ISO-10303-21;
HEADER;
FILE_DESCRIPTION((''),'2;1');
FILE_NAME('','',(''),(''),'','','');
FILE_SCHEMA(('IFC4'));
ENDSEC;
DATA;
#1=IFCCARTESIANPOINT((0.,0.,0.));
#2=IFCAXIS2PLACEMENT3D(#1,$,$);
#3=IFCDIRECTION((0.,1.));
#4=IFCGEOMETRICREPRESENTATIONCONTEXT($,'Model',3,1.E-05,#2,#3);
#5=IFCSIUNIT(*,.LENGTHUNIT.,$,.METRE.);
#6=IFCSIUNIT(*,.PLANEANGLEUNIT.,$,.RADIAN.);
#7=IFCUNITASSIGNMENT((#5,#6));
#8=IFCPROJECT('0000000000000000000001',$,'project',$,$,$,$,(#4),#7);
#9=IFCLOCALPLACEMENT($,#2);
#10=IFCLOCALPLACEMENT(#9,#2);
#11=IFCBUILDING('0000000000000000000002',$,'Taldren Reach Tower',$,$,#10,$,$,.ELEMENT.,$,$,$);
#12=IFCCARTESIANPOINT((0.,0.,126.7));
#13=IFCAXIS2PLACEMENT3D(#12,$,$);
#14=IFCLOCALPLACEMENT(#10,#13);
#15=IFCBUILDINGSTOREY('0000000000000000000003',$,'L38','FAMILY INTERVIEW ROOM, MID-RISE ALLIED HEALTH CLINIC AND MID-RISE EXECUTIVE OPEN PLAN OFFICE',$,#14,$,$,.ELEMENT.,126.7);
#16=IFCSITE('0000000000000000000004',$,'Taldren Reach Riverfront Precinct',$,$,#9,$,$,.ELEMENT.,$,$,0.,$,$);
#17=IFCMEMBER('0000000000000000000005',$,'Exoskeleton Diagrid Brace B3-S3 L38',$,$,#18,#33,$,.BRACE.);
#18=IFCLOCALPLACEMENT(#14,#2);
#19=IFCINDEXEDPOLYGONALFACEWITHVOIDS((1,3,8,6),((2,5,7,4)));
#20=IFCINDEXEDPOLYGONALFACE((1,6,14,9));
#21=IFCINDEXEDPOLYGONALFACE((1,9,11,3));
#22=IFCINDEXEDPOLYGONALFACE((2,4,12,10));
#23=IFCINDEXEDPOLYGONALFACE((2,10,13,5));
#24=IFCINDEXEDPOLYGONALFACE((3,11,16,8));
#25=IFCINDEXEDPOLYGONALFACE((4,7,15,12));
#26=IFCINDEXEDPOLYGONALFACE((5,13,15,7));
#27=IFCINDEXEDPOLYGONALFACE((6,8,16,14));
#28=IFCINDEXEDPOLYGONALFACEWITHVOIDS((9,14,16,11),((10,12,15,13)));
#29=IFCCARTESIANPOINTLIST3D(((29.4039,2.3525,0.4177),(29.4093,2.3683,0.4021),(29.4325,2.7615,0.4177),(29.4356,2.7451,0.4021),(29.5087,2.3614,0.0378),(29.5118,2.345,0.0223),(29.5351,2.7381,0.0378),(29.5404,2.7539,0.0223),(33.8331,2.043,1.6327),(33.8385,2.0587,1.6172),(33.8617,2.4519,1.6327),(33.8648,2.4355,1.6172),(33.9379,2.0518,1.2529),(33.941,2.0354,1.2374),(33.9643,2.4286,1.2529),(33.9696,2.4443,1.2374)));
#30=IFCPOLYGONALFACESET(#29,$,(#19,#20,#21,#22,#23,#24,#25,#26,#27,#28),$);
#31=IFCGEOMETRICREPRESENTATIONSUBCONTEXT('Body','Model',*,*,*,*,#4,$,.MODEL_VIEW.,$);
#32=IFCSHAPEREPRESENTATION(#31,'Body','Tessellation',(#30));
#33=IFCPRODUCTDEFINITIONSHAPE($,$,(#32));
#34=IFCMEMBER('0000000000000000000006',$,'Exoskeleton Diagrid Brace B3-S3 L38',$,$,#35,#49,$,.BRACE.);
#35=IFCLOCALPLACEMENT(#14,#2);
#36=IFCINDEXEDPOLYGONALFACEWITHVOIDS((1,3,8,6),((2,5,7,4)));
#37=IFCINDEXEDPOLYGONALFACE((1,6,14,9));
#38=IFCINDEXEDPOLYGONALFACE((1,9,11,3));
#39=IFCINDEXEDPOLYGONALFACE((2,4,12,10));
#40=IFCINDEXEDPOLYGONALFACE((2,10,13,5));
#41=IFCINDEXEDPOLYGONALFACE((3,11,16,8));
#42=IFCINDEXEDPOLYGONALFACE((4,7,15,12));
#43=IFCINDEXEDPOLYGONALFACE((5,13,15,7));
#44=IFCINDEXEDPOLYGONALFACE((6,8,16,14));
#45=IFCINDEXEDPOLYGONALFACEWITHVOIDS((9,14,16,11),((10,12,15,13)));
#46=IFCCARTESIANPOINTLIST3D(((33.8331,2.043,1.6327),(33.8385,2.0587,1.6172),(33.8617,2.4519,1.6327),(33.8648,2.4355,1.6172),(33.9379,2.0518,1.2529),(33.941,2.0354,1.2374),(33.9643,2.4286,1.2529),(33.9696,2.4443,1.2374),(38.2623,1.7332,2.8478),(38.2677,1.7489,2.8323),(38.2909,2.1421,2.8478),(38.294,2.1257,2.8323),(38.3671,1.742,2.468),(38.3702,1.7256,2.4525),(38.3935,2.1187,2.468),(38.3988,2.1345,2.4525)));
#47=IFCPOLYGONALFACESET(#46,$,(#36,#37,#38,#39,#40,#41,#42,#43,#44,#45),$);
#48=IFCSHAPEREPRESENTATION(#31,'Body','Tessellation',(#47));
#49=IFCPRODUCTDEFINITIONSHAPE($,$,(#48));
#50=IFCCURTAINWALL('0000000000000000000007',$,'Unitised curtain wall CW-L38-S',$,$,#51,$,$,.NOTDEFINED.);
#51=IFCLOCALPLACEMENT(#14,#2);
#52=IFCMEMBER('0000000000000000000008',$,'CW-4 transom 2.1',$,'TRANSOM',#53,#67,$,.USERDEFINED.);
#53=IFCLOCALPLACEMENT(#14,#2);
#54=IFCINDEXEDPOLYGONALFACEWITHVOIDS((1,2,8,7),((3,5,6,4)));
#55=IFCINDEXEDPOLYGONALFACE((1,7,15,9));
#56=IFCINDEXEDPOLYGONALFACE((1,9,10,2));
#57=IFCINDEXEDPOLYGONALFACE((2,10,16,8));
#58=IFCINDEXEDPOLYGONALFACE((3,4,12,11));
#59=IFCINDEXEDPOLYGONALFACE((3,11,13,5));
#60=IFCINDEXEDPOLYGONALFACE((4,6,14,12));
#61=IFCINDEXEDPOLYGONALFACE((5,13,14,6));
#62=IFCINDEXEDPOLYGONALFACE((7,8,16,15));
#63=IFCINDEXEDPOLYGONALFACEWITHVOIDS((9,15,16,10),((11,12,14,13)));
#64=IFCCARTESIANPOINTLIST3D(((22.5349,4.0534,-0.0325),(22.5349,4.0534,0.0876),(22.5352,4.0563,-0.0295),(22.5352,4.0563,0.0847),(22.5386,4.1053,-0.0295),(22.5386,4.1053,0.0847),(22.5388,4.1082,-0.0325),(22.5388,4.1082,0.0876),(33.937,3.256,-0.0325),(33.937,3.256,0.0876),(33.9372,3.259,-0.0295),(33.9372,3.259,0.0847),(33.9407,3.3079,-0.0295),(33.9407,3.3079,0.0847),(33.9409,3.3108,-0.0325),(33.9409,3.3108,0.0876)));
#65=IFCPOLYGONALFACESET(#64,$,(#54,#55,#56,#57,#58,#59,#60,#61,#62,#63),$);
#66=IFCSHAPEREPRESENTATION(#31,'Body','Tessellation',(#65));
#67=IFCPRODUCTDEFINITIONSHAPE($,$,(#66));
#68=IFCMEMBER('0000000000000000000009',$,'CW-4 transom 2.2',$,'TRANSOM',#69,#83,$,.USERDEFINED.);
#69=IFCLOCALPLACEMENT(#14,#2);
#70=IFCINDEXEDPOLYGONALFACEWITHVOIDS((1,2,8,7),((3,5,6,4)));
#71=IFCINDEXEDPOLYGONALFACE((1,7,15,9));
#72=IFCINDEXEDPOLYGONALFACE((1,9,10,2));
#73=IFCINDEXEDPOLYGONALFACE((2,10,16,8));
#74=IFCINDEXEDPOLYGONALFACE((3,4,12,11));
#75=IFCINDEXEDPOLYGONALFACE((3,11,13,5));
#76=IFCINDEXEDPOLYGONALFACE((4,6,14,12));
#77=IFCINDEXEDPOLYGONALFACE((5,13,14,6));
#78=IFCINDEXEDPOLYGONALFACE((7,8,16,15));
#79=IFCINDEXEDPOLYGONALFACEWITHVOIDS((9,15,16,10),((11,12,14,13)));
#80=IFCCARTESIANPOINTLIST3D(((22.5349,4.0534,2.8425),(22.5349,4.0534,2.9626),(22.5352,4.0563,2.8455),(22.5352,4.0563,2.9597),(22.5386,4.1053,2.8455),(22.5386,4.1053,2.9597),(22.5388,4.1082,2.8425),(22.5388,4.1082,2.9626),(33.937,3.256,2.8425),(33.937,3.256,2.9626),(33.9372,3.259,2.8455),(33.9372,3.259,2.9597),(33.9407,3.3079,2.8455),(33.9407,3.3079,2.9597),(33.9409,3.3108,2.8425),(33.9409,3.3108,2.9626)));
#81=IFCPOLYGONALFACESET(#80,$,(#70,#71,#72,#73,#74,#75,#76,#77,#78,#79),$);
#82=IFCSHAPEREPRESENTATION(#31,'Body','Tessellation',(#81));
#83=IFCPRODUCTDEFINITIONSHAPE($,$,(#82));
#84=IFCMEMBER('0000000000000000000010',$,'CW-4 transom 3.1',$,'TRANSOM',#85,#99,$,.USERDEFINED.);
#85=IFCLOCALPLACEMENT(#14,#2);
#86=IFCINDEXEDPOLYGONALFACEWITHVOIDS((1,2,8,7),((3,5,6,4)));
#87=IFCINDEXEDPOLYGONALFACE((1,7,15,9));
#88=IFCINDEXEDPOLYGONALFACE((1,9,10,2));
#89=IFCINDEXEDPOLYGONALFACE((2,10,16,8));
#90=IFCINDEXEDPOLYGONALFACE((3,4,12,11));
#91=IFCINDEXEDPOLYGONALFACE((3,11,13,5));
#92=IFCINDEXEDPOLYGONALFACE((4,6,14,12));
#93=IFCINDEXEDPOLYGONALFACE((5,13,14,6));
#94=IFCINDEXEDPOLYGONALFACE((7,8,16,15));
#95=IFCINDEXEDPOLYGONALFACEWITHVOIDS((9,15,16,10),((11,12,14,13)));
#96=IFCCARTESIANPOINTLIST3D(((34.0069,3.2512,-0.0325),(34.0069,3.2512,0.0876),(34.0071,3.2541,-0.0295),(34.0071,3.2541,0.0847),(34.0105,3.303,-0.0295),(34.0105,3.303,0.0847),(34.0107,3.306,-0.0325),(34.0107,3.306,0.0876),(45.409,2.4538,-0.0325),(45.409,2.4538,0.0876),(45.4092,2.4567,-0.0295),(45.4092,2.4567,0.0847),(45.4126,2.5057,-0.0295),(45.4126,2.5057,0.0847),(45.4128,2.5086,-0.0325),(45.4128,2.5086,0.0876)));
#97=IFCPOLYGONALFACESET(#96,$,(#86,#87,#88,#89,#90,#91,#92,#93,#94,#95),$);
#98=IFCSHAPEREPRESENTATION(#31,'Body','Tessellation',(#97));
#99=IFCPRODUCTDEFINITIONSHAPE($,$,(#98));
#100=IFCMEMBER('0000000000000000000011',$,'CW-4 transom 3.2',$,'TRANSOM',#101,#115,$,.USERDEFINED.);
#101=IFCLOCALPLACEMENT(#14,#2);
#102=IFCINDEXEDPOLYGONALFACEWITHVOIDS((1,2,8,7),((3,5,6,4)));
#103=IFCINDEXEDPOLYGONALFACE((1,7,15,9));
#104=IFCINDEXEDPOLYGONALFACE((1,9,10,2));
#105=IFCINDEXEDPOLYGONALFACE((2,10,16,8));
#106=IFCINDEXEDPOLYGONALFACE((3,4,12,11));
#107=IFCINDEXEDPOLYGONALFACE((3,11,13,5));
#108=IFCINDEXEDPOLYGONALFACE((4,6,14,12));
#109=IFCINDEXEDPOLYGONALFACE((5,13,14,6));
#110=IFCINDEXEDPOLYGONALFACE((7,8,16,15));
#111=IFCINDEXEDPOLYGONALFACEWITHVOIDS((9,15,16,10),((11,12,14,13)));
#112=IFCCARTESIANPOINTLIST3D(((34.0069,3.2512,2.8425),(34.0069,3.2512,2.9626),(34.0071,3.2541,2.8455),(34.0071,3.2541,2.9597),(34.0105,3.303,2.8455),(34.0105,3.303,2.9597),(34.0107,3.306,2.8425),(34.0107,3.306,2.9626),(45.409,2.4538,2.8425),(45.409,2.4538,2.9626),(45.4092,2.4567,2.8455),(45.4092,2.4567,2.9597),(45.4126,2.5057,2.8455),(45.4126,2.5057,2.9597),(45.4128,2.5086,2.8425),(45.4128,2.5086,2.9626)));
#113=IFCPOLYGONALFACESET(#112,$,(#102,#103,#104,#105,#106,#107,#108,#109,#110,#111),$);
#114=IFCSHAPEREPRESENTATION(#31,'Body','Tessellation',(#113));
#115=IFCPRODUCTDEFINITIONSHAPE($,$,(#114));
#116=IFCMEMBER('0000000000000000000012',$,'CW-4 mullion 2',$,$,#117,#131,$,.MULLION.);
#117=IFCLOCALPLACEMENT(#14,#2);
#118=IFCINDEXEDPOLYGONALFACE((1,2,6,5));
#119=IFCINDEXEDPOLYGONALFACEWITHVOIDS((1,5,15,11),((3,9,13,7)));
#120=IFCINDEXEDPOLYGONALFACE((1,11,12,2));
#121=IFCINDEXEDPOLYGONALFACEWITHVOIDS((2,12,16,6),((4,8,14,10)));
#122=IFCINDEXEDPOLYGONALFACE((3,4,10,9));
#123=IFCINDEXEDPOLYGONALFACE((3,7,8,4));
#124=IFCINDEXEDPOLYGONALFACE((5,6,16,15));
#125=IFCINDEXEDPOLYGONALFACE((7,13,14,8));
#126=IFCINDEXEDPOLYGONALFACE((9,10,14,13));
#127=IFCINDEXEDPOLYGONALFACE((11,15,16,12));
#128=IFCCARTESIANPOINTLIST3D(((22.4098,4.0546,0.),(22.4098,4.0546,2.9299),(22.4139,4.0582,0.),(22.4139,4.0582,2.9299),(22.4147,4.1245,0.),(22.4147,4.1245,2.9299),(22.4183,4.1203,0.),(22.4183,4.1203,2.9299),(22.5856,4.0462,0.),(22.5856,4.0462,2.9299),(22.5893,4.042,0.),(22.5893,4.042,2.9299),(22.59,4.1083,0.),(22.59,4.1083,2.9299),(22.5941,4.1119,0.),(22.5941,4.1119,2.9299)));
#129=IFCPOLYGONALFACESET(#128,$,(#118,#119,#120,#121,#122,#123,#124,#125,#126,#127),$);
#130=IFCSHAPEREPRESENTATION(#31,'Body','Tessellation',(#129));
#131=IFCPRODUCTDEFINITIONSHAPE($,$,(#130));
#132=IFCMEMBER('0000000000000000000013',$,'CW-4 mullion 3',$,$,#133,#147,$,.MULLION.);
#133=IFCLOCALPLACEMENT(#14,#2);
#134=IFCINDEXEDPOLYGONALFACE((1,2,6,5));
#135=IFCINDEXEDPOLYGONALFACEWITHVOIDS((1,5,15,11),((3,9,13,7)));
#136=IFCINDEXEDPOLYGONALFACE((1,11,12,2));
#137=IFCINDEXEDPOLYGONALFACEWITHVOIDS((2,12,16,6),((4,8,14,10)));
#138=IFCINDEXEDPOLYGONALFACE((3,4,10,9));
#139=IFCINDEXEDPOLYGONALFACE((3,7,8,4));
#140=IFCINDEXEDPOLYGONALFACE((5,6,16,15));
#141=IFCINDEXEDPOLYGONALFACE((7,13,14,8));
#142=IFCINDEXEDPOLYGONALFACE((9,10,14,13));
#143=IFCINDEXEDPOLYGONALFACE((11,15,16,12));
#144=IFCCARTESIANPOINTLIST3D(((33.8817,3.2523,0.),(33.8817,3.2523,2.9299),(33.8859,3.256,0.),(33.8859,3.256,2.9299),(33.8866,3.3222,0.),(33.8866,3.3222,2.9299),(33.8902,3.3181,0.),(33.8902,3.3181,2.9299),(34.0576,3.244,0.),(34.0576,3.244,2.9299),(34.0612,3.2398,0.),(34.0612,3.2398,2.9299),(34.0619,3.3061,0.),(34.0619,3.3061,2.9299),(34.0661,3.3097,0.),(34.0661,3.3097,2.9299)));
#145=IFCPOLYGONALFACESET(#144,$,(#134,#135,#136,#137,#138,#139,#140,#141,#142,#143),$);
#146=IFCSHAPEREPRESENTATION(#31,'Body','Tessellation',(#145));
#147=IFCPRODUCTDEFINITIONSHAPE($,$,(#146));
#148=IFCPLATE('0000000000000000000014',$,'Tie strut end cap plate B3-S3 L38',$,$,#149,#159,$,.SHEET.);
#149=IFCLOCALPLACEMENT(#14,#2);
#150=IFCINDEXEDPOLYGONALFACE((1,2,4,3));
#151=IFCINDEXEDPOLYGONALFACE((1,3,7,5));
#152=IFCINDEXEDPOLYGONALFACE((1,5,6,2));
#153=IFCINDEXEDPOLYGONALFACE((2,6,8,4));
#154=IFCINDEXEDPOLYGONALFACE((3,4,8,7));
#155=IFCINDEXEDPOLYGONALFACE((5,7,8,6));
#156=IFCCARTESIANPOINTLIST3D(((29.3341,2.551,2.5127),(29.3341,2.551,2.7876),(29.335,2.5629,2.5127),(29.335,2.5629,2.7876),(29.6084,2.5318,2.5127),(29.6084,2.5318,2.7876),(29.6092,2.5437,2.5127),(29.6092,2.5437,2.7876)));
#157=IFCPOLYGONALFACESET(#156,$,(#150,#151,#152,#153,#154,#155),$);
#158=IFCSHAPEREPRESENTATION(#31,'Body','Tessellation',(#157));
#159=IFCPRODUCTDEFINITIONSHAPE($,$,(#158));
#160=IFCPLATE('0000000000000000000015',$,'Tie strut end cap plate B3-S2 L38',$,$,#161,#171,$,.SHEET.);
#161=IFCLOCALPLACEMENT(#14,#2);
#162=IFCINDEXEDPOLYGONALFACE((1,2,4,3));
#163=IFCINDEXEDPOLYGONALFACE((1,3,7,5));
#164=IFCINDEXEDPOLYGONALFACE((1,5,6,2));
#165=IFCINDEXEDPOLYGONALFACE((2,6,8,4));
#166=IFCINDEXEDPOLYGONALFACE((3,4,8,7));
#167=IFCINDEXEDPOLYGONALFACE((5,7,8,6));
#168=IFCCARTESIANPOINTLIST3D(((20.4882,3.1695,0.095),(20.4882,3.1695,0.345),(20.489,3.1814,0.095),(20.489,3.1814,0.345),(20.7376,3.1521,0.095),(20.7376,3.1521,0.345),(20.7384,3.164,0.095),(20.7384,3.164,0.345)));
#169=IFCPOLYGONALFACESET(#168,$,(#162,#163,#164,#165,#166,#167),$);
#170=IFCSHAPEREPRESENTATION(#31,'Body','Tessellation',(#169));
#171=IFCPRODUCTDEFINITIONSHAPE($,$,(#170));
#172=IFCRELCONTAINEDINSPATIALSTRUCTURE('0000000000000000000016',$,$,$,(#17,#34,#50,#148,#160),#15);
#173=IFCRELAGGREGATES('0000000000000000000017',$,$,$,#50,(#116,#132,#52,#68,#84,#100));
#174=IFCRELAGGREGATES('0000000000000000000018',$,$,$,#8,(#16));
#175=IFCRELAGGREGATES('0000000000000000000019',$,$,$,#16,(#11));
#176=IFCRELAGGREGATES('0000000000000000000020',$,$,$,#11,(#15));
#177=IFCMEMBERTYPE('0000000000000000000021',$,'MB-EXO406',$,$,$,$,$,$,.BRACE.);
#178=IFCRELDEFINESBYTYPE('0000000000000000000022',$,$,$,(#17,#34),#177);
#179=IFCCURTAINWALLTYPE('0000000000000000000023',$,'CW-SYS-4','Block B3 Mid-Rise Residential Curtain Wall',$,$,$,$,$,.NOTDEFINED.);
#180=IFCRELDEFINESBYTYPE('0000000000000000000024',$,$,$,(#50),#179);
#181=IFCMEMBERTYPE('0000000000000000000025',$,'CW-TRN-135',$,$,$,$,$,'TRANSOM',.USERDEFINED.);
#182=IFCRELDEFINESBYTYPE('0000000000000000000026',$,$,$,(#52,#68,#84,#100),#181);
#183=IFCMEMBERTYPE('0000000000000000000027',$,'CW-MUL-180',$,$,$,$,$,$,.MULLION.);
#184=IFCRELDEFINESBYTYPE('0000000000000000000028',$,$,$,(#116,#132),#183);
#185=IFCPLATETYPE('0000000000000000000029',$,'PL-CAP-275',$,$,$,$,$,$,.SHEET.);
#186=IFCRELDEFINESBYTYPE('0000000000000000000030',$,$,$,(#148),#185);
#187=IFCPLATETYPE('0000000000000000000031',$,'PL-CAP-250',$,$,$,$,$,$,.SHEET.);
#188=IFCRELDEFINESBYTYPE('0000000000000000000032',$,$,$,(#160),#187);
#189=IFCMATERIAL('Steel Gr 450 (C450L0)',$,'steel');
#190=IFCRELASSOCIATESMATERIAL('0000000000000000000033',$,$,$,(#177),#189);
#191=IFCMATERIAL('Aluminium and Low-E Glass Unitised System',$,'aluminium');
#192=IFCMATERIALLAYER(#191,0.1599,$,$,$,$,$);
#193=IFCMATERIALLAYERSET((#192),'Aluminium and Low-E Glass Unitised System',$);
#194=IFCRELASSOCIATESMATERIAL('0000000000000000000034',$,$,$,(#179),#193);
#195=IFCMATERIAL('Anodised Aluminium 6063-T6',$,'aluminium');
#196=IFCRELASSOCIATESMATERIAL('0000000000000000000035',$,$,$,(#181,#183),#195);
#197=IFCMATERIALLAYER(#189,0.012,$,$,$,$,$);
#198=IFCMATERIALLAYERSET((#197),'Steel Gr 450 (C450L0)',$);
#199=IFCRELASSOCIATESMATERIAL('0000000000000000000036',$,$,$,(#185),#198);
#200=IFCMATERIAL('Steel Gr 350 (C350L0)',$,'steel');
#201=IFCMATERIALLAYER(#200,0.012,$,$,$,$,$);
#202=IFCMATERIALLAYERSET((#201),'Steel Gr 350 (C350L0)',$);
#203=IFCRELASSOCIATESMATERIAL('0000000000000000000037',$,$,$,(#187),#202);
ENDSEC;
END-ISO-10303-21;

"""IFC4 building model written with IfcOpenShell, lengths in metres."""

from ifc_helpers import new_model, si_unit, direction, frame, origin, origin_2d, place, context, subcontext, project, spatial, rectangle, hollow_rectangle, extrude, source, transform, mapped, material, layer, layer_set, material_profile, profile_set, type_object, element, aggregate, save


model = new_model("IFC4")

# Units and contexts
model_context = context("Model", 3, precision=1e-05, world=origin(), true_north=direction((0.0, 1.0)))
body_context = subcontext(model_context, "Body", "Model", "MODEL_VIEW")
ifc_project = project(units=[si_unit("LENGTHUNIT", "METRE"), si_unit("PLANEANGLEUNIT", "RADIAN")], contexts=[model_context])

# Site, building, storey
site_placement = place(None, origin())
site = spatial("IfcSite", under=ifc_project, at=site_placement, Name="Taldren Reach Riverfront Precinct", CompositionType="ELEMENT", RefElevation=0.0)
building_placement = place(site_placement, origin())
building = spatial("IfcBuilding", under=site, at=building_placement, Name="Taldren Reach Tower", CompositionType="ELEMENT")
storey_placement = place(building_placement, frame((0.0, 0.0, 126.7)))
storey = spatial("IfcBuildingStorey", under=building, at=storey_placement, Name="L38", Description="FAMILY INTERVIEW ROOM, MID-RISE ALLIED HEALTH CLINIC AND MID-RISE EXECUTIVE OPEN PLAN OFFICE", CompositionType="ELEMENT", Elevation=126.7)

# Shared definitions
ifc_material_1 = material(Name="Steel Gr 450 (C450L0)", Category="steel")
ifc_material_2 = material(Name="Steel Gr 350 (C350L0)", Category="steel")

# Members
ifc_material_profile_1 = material_profile(ifc_material_1, hollow_rectangle(XDim=0.4099, YDim=0.4099, WallThickness=0.0161, at=origin_2d()), Name="410x410x16.0SHS")
ifc_profile_set_1 = profile_set([ifc_material_profile_1], Name="Steel Gr 450 (C450L0)")
member_type_1 = type_object("IfcMemberType", Name="MB-EXO406", PredefinedType="BRACE", material=ifc_profile_set_1)
shared_shape_1 = source(origin(), body_context, "Body", "SweptSolid", [
    extrude(hollow_rectangle(XDim=0.4099, YDim=0.4099, WallThickness=0.0161, at=origin_2d()), origin(), (0.0, 0.0, 1.0), 4.6033),
])
for number, where, z_axis, x_axis, name in (
    (1, (29.4722, 2.5532, 0.22), (0.962186, -0.06725, 0.263962), (0.069723, 0.997566, 0.0), "Exoskeleton Diagrid Brace B3-S3 L38"),
    (2, (33.9014, 2.2437, 1.4351), (0.962182, -0.067303, 0.263961), (0.069778, 0.997563, 0.0), "Exoskeleton Diagrid Brace B3-S3 L38"),
):
    element("IfcMember", number, at=place(storey_placement, frame(where, z_axis=z_axis, x_axis=x_axis)), inside=storey, type_object=member_type_1, Name=name, PredefinedType="BRACE", context=body_context, shape_type="MappedRepresentation", body=[
        mapped(shared_shape_1, transform((0.0, 0.0, 0.0), scale=1.0)),
    ])

# Curtain wall, members
ifc_material_3 = material(Name="Aluminium and Low-E Glass Unitised System", Category="aluminium")
ifc_layer_1 = layer(ifc_material_3, 0.1599)
ifc_layer_set_1 = layer_set([ifc_layer_1], Name="Aluminium and Low-E Glass Unitised System")
curtain_wall_type = type_object("IfcCurtainWallType", Name="CW-SYS-4", Description="Block B3 Mid-Rise Residential Curtain Wall", PredefinedType="NOTDEFINED", material=ifc_layer_set_1)
curtain_wall_placement = place(storey_placement, origin())
curtain_wall = element("IfcCurtainWall", 3, at=curtain_wall_placement, inside=storey, type_object=curtain_wall_type, Name="Unitised curtain wall CW-L38-S", PredefinedType="NOTDEFINED")
ifc_material_4 = material(Name="Anodised Aluminium 6063-T6", Category="aluminium")
ifc_material_profile_2 = material_profile(ifc_material_4, hollow_rectangle(XDim=0.0549, YDim=0.1201, WallThickness=0.0029, at=origin_2d()), Name="ALU-120x55x3RHS")
ifc_profile_set_2 = profile_set([ifc_material_profile_2], Name="Anodised Aluminium 6063-T6")
member_type_2 = type_object("IfcMemberType", Name="CW-TRN-135", ElementType="TRANSOM", PredefinedType="USERDEFINED", material=ifc_profile_set_2)
shared_shape_2 = source(origin(), body_context, "Body", "SweptSolid", [
    extrude(hollow_rectangle(XDim=0.0549, YDim=0.1201, WallThickness=0.0029, at=origin_2d()), origin(), (0.0, 0.0, 1.0), 11.4299),
])
member_1_placement = place(storey_placement, frame((22.5369, 4.0808, 0.0276), z_axis=(0.997564, -0.069761, 0.0), x_axis=(0.069761, 0.997564, 0.0)))
member_1 = element("IfcMember", 4, at=member_1_placement, type_object=member_type_2, Name="CW-4 transom 2.1", ObjectType="TRANSOM", PredefinedType="USERDEFINED", context=body_context, shape_type="MappedRepresentation", body=[
    mapped(shared_shape_2, transform((0.0, 0.0, 0.0), scale=1.0)),
])
member_2_placement = place(storey_placement, frame((22.5369, 4.0808, 2.9026), z_axis=(0.997564, -0.069761, 0.0), x_axis=(0.069761, 0.997564, 0.0)))
member_2 = element("IfcMember", 5, at=member_2_placement, type_object=member_type_2, Name="CW-4 transom 2.2", ObjectType="TRANSOM", PredefinedType="USERDEFINED", context=body_context, shape_type="MappedRepresentation", body=[
    mapped(shared_shape_2, transform((0.0, 0.0, 0.0), scale=1.0)),
])
member_3_placement = place(storey_placement, frame((34.0088, 3.2786, 0.0276), z_axis=(0.997564, -0.069761, 0.0), x_axis=(0.069761, 0.997564, 0.0)))
member_3 = element("IfcMember", 6, at=member_3_placement, type_object=member_type_2, Name="CW-4 transom 3.1", ObjectType="TRANSOM", PredefinedType="USERDEFINED", context=body_context, shape_type="MappedRepresentation", body=[
    mapped(shared_shape_2, transform((0.0, 0.0, 0.0), scale=1.0)),
])
member_4_placement = place(storey_placement, frame((34.0088, 3.2786, 2.9026), z_axis=(0.997564, -0.069761, 0.0), x_axis=(0.069761, 0.997564, 0.0)))
member_4 = element("IfcMember", 7, at=member_4_placement, type_object=member_type_2, Name="CW-4 transom 3.2", ObjectType="TRANSOM", PredefinedType="USERDEFINED", context=body_context, shape_type="MappedRepresentation", body=[
    mapped(shared_shape_2, transform((0.0, 0.0, 0.0), scale=1.0)),
])
ifc_material_profile_3 = material_profile(ifc_material_4, hollow_rectangle(XDim=0.0701, YDim=0.1799, WallThickness=0.0039, at=origin_2d()), Name="ALU-180x70x4RHS")
ifc_profile_set_3 = profile_set([ifc_material_profile_3], Name="Anodised Aluminium 6063-T6")
member_type_3 = type_object("IfcMemberType", Name="CW-MUL-180", PredefinedType="MULLION", material=ifc_profile_set_3)
shared_shape_3 = source(origin(), body_context, "Body", "SweptSolid", [
    extrude(hollow_rectangle(XDim=0.0701, YDim=0.1799, WallThickness=0.0039, at=origin_2d()), origin(), (0.0, 0.0, 1.0), 2.9299),
])
member_5_placement = place(storey_placement, frame((22.502, 4.0833, 0.0), z_axis=(0.0, 0.0, 1.0), x_axis=(0.069757, 0.997564, 0.0)))
member_5 = element("IfcMember", 8, at=member_5_placement, type_object=member_type_3, Name="CW-4 mullion 2", PredefinedType="MULLION", context=body_context, shape_type="MappedRepresentation", body=[
    mapped(shared_shape_3, transform((0.0, 0.0, 0.0), scale=1.0)),
])
member_6_placement = place(storey_placement, frame((33.9739, 3.281, 0.0), z_axis=(0.0, 0.0, 1.0), x_axis=(0.069757, 0.997564, 0.0)))
member_6 = element("IfcMember", 9, at=member_6_placement, type_object=member_type_3, Name="CW-4 mullion 3", PredefinedType="MULLION", context=body_context, shape_type="MappedRepresentation", body=[
    mapped(shared_shape_3, transform((0.0, 0.0, 0.0), scale=1.0)),
])

# Plates
ifc_layer_2 = layer(ifc_material_1, 0.012)
ifc_layer_set_2 = layer_set([ifc_layer_2], Name="Steel Gr 450 (C450L0)")
plate_type_1 = type_object("IfcPlateType", Name="PL-CAP-275", PredefinedType="SHEET", material=ifc_layer_set_2)
shared_shape_4 = source(origin(), body_context, "Body", "SweptSolid", [
    extrude(rectangle(XDim=0.2749, YDim=0.012, at=origin_2d()), origin(), (0.0, 0.0, 1.0), 0.2749),
])
plate_1_placement = place(storey_placement, frame((29.4717, 2.5474, 2.5127), z_axis=(0.0, 0.0, 1.0), x_axis=(0.997564, -0.069756, 0.0)))
element("IfcPlate", 10, at=plate_1_placement, inside=storey, type_object=plate_type_1, Name="Tie strut end cap plate B3-S3 L38", PredefinedType="SHEET", context=body_context, shape_type="MappedRepresentation", body=[
    mapped(shared_shape_4, transform((0.0, 0.0, 0.0), scale=1.0)),
])
ifc_layer_3 = layer(ifc_material_2, 0.012)
ifc_layer_set_3 = layer_set([ifc_layer_3], Name="Steel Gr 350 (C350L0)")
plate_type_2 = type_object("IfcPlateType", Name="PL-CAP-250", PredefinedType="SHEET", material=ifc_layer_set_3)
shared_shape_5 = source(origin(), body_context, "Body", "SweptSolid", [
    extrude(rectangle(XDim=0.25, YDim=0.012, at=origin_2d()), origin(), (0.0, 0.0, 1.0), 0.25),
])
plate_2_placement = place(storey_placement, frame((20.6133, 3.1667, 0.095), z_axis=(0.0, 0.0, 1.0), x_axis=(0.997564, -0.069756, 0.0)))
element("IfcPlate", 11, at=plate_2_placement, inside=storey, type_object=plate_type_2, Name="Tie strut end cap plate B3-S2 L38", PredefinedType="SHEET", context=body_context, shape_type="MappedRepresentation", body=[
    mapped(shared_shape_5, transform((0.0, 0.0, 0.0), scale=1.0)),
])

aggregate(curtain_wall, [member_5, member_6, member_1, member_2, member_3, member_4])

save(model, "model.ifc")
